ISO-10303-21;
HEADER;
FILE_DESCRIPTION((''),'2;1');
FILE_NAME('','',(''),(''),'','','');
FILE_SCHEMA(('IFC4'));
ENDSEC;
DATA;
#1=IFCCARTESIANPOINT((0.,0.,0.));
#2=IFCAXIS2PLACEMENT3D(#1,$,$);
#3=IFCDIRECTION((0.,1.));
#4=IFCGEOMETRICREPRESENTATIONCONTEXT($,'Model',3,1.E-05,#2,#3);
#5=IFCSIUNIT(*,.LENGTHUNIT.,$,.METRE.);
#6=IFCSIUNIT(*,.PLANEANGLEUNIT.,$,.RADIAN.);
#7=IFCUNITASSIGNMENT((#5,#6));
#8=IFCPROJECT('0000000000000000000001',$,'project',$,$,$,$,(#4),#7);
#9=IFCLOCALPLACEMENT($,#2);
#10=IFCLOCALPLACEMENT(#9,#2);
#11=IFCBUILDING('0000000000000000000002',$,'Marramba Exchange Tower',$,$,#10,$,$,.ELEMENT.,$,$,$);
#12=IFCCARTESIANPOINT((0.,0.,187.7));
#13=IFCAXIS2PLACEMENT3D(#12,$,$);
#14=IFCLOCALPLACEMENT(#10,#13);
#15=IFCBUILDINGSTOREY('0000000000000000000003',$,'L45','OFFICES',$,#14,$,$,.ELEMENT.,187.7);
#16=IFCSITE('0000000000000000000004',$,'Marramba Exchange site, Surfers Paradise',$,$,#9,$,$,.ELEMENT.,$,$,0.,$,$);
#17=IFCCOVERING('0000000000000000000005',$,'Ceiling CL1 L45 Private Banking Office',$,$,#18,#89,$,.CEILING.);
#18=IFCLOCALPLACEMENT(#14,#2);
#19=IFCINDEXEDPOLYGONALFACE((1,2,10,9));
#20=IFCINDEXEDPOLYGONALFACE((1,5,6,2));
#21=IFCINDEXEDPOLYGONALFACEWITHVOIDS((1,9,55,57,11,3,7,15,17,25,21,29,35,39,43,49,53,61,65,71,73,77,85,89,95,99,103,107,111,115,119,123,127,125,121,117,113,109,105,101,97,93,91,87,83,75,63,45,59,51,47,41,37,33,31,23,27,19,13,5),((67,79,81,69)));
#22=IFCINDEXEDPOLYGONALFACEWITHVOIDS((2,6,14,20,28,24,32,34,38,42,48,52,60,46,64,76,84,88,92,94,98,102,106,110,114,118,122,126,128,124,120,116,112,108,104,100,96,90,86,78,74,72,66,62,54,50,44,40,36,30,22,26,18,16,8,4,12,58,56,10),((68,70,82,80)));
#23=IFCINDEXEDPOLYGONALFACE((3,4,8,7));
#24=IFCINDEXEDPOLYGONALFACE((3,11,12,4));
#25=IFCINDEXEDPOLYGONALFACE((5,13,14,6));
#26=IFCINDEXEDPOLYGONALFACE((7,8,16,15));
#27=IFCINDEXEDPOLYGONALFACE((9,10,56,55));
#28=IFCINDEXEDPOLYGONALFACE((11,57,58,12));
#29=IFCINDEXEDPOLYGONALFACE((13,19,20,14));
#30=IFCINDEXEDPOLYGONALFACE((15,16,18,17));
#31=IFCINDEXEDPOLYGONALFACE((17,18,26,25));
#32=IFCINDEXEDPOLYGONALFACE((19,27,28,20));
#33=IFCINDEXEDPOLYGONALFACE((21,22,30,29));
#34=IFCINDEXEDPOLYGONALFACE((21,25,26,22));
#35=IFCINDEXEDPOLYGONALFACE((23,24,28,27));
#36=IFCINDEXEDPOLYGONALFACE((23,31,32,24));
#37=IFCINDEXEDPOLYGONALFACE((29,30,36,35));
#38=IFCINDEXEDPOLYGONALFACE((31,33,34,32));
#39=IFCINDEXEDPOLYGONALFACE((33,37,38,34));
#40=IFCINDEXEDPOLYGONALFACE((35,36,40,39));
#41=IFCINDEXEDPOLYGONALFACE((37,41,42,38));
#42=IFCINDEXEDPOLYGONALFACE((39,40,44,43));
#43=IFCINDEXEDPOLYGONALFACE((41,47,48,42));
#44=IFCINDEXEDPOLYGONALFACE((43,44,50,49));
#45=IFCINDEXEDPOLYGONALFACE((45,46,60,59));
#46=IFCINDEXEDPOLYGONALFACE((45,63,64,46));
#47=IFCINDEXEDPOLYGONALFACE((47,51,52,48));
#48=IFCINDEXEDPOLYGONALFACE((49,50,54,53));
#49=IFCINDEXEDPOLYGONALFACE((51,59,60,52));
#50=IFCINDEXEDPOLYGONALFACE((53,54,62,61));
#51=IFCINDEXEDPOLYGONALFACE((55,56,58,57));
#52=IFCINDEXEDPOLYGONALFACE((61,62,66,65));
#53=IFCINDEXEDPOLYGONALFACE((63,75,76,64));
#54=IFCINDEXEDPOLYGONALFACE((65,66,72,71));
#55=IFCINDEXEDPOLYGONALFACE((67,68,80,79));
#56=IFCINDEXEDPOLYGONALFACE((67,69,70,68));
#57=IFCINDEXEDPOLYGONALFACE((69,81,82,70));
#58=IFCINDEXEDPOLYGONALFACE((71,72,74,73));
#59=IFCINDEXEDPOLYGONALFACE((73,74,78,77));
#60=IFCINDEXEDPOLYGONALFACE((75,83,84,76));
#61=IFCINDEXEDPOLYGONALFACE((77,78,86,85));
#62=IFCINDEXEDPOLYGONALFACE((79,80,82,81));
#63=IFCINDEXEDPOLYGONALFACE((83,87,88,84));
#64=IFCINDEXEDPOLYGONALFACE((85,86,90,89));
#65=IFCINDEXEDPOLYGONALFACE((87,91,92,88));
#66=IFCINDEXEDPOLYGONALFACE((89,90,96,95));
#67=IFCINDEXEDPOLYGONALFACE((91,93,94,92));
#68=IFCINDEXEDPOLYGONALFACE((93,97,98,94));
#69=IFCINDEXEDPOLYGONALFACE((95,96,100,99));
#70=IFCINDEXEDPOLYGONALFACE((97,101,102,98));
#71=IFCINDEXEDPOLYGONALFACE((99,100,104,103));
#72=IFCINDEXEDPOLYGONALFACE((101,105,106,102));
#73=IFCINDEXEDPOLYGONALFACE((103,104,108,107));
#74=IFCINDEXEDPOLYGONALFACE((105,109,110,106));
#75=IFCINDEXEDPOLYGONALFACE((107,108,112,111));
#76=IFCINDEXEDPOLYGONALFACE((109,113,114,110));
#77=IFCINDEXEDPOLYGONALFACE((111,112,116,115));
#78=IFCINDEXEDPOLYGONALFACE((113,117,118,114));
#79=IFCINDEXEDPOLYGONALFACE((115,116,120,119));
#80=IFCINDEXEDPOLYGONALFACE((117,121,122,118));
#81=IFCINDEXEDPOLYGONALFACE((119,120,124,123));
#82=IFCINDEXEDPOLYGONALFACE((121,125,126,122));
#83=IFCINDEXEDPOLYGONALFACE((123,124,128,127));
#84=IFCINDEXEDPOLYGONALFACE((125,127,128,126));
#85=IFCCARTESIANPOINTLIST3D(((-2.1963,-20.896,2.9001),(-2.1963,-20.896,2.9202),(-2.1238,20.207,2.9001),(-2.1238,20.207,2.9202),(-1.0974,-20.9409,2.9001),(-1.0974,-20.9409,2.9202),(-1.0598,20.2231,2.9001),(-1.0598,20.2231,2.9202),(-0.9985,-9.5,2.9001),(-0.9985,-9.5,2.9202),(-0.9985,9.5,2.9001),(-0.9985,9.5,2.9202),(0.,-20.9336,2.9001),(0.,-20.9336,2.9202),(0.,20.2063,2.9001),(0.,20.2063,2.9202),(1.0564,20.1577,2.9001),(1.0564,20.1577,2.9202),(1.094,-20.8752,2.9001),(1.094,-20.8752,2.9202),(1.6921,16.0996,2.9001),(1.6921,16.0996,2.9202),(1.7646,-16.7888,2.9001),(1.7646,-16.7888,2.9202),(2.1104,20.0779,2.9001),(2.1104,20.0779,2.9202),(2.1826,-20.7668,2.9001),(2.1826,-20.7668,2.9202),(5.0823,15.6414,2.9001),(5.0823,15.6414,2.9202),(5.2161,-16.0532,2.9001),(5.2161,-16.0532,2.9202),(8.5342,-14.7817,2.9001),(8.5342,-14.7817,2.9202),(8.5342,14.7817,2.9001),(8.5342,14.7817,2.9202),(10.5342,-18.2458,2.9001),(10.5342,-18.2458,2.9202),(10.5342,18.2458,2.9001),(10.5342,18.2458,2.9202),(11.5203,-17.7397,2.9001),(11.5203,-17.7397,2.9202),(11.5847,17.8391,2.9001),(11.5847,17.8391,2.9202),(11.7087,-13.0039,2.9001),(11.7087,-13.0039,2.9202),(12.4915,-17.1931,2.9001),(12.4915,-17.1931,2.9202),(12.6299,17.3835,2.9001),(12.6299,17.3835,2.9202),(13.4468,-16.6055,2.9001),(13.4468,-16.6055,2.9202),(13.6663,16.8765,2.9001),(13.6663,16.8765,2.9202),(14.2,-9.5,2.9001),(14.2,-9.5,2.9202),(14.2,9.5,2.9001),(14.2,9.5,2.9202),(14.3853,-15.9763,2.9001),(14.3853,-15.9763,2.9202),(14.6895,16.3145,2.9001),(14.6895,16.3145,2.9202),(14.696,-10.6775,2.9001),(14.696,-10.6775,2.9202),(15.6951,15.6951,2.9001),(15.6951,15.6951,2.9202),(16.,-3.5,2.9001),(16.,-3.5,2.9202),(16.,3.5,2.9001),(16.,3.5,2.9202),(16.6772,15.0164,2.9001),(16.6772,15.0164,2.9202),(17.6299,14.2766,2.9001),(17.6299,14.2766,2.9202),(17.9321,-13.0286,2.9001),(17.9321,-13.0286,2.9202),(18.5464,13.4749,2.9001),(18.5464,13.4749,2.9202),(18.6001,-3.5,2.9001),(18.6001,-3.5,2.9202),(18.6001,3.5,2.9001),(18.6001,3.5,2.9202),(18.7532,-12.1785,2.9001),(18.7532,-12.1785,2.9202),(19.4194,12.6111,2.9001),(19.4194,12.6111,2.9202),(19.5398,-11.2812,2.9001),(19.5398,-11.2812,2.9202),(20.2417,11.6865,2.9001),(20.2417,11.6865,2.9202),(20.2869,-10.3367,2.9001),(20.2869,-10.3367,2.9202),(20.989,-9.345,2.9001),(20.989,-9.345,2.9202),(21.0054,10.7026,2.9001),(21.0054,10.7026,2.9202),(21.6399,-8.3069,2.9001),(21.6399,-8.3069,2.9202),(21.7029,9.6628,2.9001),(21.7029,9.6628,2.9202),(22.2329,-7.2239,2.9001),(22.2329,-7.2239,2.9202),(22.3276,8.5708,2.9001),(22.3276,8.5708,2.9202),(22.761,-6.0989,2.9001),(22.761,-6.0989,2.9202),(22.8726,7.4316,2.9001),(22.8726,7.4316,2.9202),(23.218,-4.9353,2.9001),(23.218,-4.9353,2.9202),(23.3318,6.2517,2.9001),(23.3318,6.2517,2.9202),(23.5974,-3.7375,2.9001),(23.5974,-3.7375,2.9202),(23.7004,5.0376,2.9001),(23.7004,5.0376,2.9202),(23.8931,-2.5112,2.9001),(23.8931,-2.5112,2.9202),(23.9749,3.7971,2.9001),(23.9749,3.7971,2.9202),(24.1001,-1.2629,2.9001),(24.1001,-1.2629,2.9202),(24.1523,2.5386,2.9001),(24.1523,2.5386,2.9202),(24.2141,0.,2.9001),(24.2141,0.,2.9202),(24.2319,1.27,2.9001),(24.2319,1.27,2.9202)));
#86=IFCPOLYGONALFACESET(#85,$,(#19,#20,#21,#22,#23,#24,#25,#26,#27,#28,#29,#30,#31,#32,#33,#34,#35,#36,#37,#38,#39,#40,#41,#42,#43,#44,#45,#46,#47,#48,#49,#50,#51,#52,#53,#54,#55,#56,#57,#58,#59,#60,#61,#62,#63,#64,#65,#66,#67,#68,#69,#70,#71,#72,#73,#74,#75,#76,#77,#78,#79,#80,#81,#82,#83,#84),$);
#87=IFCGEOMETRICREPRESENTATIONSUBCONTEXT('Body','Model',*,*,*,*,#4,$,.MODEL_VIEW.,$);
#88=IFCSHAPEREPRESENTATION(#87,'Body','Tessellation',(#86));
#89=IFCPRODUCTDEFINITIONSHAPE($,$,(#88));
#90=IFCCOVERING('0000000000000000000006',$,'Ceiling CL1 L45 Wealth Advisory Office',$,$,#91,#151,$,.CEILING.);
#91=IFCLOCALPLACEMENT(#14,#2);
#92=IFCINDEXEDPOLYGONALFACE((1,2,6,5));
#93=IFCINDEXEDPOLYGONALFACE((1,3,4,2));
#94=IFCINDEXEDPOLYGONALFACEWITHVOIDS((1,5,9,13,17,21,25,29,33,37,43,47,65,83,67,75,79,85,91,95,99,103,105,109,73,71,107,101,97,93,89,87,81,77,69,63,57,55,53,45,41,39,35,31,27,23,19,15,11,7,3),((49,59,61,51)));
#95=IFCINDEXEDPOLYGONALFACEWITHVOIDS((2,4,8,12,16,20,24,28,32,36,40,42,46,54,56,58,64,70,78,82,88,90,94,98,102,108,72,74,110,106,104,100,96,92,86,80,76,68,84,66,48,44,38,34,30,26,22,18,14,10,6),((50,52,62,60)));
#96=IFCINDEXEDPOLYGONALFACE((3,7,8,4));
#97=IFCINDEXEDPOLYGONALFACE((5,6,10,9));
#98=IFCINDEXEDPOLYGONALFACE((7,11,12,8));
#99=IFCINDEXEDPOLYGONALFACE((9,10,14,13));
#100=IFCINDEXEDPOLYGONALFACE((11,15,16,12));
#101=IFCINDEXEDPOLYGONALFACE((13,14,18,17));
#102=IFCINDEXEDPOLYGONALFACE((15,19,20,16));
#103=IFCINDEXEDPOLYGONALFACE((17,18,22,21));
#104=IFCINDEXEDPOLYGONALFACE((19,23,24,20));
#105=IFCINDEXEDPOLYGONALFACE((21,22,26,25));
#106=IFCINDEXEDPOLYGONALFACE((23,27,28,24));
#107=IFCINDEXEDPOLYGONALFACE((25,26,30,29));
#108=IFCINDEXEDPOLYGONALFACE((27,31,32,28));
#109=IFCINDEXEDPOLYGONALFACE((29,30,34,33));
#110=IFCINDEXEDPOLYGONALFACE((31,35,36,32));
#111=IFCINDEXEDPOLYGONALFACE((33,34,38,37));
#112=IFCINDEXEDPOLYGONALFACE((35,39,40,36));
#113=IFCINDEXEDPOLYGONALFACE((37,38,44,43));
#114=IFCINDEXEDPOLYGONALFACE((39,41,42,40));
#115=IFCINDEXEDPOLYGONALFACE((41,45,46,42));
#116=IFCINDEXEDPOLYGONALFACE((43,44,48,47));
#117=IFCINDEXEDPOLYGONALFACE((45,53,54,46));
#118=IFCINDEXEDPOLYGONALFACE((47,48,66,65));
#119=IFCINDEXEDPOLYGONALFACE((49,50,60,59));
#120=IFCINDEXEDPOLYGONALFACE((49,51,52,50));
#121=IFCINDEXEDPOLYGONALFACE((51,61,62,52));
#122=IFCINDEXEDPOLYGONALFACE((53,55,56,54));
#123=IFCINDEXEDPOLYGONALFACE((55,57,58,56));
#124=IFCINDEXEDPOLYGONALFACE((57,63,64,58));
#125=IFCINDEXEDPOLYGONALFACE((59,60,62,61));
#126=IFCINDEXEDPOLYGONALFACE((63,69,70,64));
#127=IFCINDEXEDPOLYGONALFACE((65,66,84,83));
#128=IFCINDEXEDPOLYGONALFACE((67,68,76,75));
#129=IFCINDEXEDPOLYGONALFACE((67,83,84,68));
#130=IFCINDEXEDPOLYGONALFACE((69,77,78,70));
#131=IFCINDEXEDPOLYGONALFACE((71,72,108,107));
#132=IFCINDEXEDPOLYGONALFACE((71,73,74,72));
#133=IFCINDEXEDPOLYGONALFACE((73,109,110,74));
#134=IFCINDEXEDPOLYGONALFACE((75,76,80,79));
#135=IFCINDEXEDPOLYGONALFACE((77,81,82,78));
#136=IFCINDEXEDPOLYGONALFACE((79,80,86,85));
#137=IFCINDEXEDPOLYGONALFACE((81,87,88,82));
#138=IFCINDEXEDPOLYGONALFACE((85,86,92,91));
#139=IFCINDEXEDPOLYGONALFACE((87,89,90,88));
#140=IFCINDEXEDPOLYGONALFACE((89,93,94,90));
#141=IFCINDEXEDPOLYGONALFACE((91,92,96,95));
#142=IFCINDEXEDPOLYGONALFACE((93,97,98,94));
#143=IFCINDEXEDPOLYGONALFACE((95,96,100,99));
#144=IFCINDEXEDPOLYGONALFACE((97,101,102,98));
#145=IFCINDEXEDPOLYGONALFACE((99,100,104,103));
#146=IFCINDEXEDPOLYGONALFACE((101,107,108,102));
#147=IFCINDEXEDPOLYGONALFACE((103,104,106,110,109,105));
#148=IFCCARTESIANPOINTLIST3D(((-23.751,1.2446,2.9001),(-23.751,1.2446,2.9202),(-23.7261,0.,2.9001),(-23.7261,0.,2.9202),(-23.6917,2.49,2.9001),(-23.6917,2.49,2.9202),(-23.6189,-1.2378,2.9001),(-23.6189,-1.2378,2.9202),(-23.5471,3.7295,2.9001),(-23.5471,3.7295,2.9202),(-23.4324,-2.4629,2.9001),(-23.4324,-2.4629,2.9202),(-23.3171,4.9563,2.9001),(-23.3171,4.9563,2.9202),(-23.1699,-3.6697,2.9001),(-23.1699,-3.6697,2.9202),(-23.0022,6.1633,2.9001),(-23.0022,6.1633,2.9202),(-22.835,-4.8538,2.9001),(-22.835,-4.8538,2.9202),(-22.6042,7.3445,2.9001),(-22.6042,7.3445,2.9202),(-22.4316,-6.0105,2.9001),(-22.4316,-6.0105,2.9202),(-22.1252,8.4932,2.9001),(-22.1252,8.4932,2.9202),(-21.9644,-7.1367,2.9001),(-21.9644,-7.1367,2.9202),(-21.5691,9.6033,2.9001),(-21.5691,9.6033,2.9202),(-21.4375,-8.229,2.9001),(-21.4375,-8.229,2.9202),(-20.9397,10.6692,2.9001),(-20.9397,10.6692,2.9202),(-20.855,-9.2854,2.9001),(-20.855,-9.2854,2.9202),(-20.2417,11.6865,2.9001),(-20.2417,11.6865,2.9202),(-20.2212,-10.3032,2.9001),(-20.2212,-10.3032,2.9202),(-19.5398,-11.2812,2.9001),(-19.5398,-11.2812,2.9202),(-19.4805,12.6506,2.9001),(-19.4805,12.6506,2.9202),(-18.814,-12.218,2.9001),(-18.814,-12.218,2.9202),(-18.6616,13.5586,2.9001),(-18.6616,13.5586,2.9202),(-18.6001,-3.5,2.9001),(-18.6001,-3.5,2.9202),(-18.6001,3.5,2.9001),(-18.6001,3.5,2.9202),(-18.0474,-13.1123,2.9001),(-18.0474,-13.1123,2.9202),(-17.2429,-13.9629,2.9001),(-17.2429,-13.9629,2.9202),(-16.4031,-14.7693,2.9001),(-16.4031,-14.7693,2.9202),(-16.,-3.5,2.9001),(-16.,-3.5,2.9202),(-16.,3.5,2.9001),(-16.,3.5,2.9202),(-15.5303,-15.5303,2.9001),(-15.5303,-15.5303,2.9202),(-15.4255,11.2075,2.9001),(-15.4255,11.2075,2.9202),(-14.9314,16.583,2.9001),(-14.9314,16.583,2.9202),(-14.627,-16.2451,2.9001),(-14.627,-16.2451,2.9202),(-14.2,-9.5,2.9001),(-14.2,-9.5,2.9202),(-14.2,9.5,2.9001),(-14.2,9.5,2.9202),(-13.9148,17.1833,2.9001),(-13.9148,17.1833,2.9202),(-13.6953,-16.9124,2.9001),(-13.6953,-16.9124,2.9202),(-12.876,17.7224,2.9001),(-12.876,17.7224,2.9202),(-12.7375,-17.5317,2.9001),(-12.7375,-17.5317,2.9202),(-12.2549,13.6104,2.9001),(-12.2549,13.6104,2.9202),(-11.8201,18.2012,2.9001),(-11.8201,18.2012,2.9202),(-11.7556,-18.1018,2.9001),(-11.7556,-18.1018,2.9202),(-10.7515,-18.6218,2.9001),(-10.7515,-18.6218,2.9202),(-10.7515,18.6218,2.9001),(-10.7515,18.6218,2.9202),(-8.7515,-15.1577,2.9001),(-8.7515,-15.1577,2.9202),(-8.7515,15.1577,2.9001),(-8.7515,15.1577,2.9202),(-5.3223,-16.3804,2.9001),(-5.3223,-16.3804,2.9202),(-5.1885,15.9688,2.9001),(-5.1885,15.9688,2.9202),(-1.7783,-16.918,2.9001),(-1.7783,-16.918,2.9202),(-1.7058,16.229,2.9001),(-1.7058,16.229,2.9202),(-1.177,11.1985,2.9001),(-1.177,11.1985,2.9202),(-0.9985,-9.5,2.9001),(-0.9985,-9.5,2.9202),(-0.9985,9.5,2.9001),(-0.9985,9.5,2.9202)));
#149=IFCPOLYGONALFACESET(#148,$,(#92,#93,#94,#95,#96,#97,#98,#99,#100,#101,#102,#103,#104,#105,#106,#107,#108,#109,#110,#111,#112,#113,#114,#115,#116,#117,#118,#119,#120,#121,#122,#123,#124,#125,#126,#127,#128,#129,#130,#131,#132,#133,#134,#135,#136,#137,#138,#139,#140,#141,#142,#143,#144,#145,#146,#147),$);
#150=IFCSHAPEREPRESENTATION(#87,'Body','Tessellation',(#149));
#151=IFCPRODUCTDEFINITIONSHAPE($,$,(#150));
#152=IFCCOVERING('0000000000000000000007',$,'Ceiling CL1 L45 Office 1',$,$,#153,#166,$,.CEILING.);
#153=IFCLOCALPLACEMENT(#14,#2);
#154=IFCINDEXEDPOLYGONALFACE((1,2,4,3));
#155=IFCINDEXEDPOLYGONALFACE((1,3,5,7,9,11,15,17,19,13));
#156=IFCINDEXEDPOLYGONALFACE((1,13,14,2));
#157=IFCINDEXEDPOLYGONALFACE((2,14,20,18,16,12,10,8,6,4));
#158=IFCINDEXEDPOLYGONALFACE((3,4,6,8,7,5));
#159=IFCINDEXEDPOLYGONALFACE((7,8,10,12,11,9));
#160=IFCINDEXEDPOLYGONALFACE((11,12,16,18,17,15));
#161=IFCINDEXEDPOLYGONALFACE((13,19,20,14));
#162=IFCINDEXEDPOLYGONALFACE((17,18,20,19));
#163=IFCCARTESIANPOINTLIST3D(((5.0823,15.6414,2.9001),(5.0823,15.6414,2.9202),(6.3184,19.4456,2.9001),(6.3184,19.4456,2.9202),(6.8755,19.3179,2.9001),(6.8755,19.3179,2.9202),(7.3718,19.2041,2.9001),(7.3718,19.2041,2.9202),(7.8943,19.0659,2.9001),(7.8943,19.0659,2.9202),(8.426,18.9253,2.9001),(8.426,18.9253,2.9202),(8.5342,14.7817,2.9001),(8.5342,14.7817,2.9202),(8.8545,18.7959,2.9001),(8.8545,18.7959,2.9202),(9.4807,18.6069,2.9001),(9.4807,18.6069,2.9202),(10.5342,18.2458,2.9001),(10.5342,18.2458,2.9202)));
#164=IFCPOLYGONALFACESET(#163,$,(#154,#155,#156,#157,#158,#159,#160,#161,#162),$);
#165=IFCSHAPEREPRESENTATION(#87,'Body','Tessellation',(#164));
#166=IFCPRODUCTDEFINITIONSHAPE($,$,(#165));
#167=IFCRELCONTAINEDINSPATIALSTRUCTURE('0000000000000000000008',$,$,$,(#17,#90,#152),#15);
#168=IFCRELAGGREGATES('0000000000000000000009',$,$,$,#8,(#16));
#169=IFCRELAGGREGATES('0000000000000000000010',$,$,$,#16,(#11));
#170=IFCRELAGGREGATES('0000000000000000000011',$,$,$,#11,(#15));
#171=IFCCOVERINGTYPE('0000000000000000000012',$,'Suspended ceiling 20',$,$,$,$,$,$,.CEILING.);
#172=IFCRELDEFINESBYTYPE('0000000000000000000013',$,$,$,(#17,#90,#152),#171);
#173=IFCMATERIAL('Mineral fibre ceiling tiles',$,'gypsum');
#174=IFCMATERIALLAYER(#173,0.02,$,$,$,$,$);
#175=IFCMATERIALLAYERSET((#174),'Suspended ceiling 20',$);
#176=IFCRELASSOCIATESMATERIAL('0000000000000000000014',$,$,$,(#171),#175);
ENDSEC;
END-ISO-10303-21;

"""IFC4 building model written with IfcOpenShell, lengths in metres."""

from ifc_helpers import new_model, si_unit, direction, frame, origin, place, context, subcontext, project, spatial, polyline, outline, extrude, material, layer, layer_set, type_object, element, save


model = new_model("IFC4")

# Units and contexts
model_context = context("Model", 3, precision=1e-05, world=origin(), true_north=direction((0.0, 1.0)))
body_context = subcontext(model_context, "Body", "Model", "MODEL_VIEW")
ifc_project = project(units=[si_unit("LENGTHUNIT", "METRE"), si_unit("PLANEANGLEUNIT", "RADIAN")], contexts=[model_context])

# Site, building, storey
site_placement = place(None, origin())
site = spatial("IfcSite", under=ifc_project, at=site_placement, Name="Marramba Exchange site, Surfers Paradise", CompositionType="ELEMENT", RefElevation=0.0)
building_placement = place(site_placement, origin())
building = spatial("IfcBuilding", under=site, at=building_placement, Name="Marramba Exchange Tower", CompositionType="ELEMENT")
storey_placement = place(building_placement, frame((0.0, 0.0, 187.7)))
storey = spatial("IfcBuildingStorey", under=building, at=storey_placement, Name="L45", Description="OFFICES", CompositionType="ELEMENT", Elevation=187.7)

# Coverings
ifc_material_1 = material(Name="Mineral fibre ceiling tiles", Category="gypsum")
ifc_layer_1 = layer(ifc_material_1, 0.02)
ifc_layer_set_1 = layer_set([ifc_layer_1], Name="Suspended ceiling 20")
covering_type = type_object("IfcCoveringType", Name="Suspended ceiling 20", PredefinedType="CEILING", material=ifc_layer_set_1)
covering_1_placement = place(storey_placement, frame((0.0, 0.0, 2.9001)))
element("IfcCovering", 1, at=covering_1_placement, inside=storey, type_object=covering_type, Name="Ceiling CL1 L45 Private Banking Office", PredefinedType="CEILING", context=body_context, shape_type="SweptSolid", body=[
    extrude(outline(polyline([(14.2, 9.5), (-0.9985, 9.5), (-2.1238, 20.207), (-1.0598, 20.2231), (0.0, 20.2063), (1.0564, 20.1577), (2.1104, 20.0779), (1.6921, 16.0996), (5.0823, 15.6414), (8.5342, 14.7817), (10.5342, 18.2458), (11.5847, 17.8391), (12.6299, 17.3835), (13.6663, 16.8765), (14.6895, 16.3145), (15.6951, 15.6951), (16.6772, 15.0164), (17.6299, 14.2766), (18.5464, 13.4749), (19.4194, 12.6111), (20.2417, 11.6865), (21.0054, 10.7026), (21.7029, 9.6628), (22.3276, 8.5708), (22.8726, 7.4316), (23.3318, 6.2517), (23.7004, 5.0376), (23.9749, 3.7971), (24.1523, 2.5386), (24.2319, 1.27), (24.2141, 0.0), (24.1001, -1.2629), (23.8931, -2.5112), (23.5974, -3.7375), (23.218, -4.9353), (22.761, -6.0989), (22.2329, -7.2239), (21.6399, -8.3069), (20.989, -9.345), (20.2869, -10.3367), (19.5398, -11.2812), (18.7532, -12.1785), (17.9321, -13.0286), (14.696, -10.6775), (11.7087, -13.0039), (14.3853, -15.9763), (13.4468, -16.6055), (12.4915, -17.1931), (11.5203, -17.7397), (10.5342, -18.2458), (8.5342, -14.7817), (5.2161, -16.0532), (1.7646, -16.7888), (2.1826, -20.7668), (1.094, -20.8752), (0.0, -20.9336), (-1.0974, -20.9409), (-2.1963, -20.896), (-0.9985, -9.5), (14.2, -9.5), (14.2, 9.5)]), holes=[polyline([(16.0, -3.5), (18.6001, -3.5), (18.6001, 3.5), (16.0, 3.5), (16.0, -3.5)])]), origin(), (0.0, 0.0, 1.0), 0.02),
])
covering_2_placement = place(storey_placement, frame((0.0, 0.0, 2.9001)))
element("IfcCovering", 2, at=covering_2_placement, inside=storey, type_object=covering_type, Name="Ceiling CL1 L45 Wealth Advisory Office", PredefinedType="CEILING", context=body_context, shape_type="SweptSolid", body=[
    extrude(outline(polyline([(-14.2, 9.5), (-14.2, -9.5), (-0.9985, -9.5), (-1.7783, -16.918), (-5.3223, -16.3804), (-8.7515, -15.1577), (-10.7515, -18.6218), (-11.7556, -18.1018), (-12.7375, -17.5317), (-13.6953, -16.9124), (-14.627, -16.2451), (-15.5303, -15.5303), (-16.4031, -14.7693), (-17.2429, -13.9629), (-18.0474, -13.1123), (-18.814, -12.218), (-19.5398, -11.2812), (-20.2212, -10.3032), (-20.855, -9.2854), (-21.4375, -8.229), (-21.9644, -7.1367), (-22.4316, -6.0105), (-22.835, -4.8538), (-23.1699, -3.6697), (-23.4324, -2.4629), (-23.6189, -1.2378), (-23.7261, 0.0), (-23.751, 1.2446), (-23.6917, 2.49), (-23.5471, 3.7295), (-23.3171, 4.9563), (-23.0022, 6.1633), (-22.6042, 7.3445), (-22.1252, 8.4932), (-21.5691, 9.6033), (-20.9397, 10.6692), (-20.2417, 11.6865), (-19.4805, 12.6506), (-18.6616, 13.5586), (-15.4255, 11.2075), (-12.2549, 13.6104), (-14.9314, 16.583), (-13.9148, 17.1833), (-12.876, 17.7224), (-11.8201, 18.2012), (-10.7515, 18.6218), (-8.7515, 15.1577), (-5.1885, 15.9688), (-1.7058, 16.229), (-1.177, 11.1985), (-0.9985, 9.5), (-14.2, 9.5)]), holes=[polyline([(-18.6001, 3.5), (-18.6001, -3.5), (-16.0, -3.5), (-16.0, 3.5), (-18.6001, 3.5)])]), origin(), (0.0, 0.0, 1.0), 0.02),
])
covering_3_placement = place(storey_placement, frame((0.0, 0.0, 2.9001)))
element("IfcCovering", 3, at=covering_3_placement, inside=storey, type_object=covering_type, Name="Ceiling CL1 L45 Office 1", PredefinedType="CEILING", context=body_context, shape_type="SweptSolid", body=[
    extrude(outline(polyline([(6.8755, 19.3179), (7.3718, 19.2041), (7.8943, 19.0659), (8.426, 18.9253), (8.8545, 18.7959), (9.4807, 18.6069), (10.5342, 18.2458), (8.5342, 14.7817), (5.0823, 15.6414), (6.3184, 19.4456), (6.8755, 19.3179)])), origin(), (0.0, 0.0, 1.0), 0.02),
])

save(model, "model.ifc")
